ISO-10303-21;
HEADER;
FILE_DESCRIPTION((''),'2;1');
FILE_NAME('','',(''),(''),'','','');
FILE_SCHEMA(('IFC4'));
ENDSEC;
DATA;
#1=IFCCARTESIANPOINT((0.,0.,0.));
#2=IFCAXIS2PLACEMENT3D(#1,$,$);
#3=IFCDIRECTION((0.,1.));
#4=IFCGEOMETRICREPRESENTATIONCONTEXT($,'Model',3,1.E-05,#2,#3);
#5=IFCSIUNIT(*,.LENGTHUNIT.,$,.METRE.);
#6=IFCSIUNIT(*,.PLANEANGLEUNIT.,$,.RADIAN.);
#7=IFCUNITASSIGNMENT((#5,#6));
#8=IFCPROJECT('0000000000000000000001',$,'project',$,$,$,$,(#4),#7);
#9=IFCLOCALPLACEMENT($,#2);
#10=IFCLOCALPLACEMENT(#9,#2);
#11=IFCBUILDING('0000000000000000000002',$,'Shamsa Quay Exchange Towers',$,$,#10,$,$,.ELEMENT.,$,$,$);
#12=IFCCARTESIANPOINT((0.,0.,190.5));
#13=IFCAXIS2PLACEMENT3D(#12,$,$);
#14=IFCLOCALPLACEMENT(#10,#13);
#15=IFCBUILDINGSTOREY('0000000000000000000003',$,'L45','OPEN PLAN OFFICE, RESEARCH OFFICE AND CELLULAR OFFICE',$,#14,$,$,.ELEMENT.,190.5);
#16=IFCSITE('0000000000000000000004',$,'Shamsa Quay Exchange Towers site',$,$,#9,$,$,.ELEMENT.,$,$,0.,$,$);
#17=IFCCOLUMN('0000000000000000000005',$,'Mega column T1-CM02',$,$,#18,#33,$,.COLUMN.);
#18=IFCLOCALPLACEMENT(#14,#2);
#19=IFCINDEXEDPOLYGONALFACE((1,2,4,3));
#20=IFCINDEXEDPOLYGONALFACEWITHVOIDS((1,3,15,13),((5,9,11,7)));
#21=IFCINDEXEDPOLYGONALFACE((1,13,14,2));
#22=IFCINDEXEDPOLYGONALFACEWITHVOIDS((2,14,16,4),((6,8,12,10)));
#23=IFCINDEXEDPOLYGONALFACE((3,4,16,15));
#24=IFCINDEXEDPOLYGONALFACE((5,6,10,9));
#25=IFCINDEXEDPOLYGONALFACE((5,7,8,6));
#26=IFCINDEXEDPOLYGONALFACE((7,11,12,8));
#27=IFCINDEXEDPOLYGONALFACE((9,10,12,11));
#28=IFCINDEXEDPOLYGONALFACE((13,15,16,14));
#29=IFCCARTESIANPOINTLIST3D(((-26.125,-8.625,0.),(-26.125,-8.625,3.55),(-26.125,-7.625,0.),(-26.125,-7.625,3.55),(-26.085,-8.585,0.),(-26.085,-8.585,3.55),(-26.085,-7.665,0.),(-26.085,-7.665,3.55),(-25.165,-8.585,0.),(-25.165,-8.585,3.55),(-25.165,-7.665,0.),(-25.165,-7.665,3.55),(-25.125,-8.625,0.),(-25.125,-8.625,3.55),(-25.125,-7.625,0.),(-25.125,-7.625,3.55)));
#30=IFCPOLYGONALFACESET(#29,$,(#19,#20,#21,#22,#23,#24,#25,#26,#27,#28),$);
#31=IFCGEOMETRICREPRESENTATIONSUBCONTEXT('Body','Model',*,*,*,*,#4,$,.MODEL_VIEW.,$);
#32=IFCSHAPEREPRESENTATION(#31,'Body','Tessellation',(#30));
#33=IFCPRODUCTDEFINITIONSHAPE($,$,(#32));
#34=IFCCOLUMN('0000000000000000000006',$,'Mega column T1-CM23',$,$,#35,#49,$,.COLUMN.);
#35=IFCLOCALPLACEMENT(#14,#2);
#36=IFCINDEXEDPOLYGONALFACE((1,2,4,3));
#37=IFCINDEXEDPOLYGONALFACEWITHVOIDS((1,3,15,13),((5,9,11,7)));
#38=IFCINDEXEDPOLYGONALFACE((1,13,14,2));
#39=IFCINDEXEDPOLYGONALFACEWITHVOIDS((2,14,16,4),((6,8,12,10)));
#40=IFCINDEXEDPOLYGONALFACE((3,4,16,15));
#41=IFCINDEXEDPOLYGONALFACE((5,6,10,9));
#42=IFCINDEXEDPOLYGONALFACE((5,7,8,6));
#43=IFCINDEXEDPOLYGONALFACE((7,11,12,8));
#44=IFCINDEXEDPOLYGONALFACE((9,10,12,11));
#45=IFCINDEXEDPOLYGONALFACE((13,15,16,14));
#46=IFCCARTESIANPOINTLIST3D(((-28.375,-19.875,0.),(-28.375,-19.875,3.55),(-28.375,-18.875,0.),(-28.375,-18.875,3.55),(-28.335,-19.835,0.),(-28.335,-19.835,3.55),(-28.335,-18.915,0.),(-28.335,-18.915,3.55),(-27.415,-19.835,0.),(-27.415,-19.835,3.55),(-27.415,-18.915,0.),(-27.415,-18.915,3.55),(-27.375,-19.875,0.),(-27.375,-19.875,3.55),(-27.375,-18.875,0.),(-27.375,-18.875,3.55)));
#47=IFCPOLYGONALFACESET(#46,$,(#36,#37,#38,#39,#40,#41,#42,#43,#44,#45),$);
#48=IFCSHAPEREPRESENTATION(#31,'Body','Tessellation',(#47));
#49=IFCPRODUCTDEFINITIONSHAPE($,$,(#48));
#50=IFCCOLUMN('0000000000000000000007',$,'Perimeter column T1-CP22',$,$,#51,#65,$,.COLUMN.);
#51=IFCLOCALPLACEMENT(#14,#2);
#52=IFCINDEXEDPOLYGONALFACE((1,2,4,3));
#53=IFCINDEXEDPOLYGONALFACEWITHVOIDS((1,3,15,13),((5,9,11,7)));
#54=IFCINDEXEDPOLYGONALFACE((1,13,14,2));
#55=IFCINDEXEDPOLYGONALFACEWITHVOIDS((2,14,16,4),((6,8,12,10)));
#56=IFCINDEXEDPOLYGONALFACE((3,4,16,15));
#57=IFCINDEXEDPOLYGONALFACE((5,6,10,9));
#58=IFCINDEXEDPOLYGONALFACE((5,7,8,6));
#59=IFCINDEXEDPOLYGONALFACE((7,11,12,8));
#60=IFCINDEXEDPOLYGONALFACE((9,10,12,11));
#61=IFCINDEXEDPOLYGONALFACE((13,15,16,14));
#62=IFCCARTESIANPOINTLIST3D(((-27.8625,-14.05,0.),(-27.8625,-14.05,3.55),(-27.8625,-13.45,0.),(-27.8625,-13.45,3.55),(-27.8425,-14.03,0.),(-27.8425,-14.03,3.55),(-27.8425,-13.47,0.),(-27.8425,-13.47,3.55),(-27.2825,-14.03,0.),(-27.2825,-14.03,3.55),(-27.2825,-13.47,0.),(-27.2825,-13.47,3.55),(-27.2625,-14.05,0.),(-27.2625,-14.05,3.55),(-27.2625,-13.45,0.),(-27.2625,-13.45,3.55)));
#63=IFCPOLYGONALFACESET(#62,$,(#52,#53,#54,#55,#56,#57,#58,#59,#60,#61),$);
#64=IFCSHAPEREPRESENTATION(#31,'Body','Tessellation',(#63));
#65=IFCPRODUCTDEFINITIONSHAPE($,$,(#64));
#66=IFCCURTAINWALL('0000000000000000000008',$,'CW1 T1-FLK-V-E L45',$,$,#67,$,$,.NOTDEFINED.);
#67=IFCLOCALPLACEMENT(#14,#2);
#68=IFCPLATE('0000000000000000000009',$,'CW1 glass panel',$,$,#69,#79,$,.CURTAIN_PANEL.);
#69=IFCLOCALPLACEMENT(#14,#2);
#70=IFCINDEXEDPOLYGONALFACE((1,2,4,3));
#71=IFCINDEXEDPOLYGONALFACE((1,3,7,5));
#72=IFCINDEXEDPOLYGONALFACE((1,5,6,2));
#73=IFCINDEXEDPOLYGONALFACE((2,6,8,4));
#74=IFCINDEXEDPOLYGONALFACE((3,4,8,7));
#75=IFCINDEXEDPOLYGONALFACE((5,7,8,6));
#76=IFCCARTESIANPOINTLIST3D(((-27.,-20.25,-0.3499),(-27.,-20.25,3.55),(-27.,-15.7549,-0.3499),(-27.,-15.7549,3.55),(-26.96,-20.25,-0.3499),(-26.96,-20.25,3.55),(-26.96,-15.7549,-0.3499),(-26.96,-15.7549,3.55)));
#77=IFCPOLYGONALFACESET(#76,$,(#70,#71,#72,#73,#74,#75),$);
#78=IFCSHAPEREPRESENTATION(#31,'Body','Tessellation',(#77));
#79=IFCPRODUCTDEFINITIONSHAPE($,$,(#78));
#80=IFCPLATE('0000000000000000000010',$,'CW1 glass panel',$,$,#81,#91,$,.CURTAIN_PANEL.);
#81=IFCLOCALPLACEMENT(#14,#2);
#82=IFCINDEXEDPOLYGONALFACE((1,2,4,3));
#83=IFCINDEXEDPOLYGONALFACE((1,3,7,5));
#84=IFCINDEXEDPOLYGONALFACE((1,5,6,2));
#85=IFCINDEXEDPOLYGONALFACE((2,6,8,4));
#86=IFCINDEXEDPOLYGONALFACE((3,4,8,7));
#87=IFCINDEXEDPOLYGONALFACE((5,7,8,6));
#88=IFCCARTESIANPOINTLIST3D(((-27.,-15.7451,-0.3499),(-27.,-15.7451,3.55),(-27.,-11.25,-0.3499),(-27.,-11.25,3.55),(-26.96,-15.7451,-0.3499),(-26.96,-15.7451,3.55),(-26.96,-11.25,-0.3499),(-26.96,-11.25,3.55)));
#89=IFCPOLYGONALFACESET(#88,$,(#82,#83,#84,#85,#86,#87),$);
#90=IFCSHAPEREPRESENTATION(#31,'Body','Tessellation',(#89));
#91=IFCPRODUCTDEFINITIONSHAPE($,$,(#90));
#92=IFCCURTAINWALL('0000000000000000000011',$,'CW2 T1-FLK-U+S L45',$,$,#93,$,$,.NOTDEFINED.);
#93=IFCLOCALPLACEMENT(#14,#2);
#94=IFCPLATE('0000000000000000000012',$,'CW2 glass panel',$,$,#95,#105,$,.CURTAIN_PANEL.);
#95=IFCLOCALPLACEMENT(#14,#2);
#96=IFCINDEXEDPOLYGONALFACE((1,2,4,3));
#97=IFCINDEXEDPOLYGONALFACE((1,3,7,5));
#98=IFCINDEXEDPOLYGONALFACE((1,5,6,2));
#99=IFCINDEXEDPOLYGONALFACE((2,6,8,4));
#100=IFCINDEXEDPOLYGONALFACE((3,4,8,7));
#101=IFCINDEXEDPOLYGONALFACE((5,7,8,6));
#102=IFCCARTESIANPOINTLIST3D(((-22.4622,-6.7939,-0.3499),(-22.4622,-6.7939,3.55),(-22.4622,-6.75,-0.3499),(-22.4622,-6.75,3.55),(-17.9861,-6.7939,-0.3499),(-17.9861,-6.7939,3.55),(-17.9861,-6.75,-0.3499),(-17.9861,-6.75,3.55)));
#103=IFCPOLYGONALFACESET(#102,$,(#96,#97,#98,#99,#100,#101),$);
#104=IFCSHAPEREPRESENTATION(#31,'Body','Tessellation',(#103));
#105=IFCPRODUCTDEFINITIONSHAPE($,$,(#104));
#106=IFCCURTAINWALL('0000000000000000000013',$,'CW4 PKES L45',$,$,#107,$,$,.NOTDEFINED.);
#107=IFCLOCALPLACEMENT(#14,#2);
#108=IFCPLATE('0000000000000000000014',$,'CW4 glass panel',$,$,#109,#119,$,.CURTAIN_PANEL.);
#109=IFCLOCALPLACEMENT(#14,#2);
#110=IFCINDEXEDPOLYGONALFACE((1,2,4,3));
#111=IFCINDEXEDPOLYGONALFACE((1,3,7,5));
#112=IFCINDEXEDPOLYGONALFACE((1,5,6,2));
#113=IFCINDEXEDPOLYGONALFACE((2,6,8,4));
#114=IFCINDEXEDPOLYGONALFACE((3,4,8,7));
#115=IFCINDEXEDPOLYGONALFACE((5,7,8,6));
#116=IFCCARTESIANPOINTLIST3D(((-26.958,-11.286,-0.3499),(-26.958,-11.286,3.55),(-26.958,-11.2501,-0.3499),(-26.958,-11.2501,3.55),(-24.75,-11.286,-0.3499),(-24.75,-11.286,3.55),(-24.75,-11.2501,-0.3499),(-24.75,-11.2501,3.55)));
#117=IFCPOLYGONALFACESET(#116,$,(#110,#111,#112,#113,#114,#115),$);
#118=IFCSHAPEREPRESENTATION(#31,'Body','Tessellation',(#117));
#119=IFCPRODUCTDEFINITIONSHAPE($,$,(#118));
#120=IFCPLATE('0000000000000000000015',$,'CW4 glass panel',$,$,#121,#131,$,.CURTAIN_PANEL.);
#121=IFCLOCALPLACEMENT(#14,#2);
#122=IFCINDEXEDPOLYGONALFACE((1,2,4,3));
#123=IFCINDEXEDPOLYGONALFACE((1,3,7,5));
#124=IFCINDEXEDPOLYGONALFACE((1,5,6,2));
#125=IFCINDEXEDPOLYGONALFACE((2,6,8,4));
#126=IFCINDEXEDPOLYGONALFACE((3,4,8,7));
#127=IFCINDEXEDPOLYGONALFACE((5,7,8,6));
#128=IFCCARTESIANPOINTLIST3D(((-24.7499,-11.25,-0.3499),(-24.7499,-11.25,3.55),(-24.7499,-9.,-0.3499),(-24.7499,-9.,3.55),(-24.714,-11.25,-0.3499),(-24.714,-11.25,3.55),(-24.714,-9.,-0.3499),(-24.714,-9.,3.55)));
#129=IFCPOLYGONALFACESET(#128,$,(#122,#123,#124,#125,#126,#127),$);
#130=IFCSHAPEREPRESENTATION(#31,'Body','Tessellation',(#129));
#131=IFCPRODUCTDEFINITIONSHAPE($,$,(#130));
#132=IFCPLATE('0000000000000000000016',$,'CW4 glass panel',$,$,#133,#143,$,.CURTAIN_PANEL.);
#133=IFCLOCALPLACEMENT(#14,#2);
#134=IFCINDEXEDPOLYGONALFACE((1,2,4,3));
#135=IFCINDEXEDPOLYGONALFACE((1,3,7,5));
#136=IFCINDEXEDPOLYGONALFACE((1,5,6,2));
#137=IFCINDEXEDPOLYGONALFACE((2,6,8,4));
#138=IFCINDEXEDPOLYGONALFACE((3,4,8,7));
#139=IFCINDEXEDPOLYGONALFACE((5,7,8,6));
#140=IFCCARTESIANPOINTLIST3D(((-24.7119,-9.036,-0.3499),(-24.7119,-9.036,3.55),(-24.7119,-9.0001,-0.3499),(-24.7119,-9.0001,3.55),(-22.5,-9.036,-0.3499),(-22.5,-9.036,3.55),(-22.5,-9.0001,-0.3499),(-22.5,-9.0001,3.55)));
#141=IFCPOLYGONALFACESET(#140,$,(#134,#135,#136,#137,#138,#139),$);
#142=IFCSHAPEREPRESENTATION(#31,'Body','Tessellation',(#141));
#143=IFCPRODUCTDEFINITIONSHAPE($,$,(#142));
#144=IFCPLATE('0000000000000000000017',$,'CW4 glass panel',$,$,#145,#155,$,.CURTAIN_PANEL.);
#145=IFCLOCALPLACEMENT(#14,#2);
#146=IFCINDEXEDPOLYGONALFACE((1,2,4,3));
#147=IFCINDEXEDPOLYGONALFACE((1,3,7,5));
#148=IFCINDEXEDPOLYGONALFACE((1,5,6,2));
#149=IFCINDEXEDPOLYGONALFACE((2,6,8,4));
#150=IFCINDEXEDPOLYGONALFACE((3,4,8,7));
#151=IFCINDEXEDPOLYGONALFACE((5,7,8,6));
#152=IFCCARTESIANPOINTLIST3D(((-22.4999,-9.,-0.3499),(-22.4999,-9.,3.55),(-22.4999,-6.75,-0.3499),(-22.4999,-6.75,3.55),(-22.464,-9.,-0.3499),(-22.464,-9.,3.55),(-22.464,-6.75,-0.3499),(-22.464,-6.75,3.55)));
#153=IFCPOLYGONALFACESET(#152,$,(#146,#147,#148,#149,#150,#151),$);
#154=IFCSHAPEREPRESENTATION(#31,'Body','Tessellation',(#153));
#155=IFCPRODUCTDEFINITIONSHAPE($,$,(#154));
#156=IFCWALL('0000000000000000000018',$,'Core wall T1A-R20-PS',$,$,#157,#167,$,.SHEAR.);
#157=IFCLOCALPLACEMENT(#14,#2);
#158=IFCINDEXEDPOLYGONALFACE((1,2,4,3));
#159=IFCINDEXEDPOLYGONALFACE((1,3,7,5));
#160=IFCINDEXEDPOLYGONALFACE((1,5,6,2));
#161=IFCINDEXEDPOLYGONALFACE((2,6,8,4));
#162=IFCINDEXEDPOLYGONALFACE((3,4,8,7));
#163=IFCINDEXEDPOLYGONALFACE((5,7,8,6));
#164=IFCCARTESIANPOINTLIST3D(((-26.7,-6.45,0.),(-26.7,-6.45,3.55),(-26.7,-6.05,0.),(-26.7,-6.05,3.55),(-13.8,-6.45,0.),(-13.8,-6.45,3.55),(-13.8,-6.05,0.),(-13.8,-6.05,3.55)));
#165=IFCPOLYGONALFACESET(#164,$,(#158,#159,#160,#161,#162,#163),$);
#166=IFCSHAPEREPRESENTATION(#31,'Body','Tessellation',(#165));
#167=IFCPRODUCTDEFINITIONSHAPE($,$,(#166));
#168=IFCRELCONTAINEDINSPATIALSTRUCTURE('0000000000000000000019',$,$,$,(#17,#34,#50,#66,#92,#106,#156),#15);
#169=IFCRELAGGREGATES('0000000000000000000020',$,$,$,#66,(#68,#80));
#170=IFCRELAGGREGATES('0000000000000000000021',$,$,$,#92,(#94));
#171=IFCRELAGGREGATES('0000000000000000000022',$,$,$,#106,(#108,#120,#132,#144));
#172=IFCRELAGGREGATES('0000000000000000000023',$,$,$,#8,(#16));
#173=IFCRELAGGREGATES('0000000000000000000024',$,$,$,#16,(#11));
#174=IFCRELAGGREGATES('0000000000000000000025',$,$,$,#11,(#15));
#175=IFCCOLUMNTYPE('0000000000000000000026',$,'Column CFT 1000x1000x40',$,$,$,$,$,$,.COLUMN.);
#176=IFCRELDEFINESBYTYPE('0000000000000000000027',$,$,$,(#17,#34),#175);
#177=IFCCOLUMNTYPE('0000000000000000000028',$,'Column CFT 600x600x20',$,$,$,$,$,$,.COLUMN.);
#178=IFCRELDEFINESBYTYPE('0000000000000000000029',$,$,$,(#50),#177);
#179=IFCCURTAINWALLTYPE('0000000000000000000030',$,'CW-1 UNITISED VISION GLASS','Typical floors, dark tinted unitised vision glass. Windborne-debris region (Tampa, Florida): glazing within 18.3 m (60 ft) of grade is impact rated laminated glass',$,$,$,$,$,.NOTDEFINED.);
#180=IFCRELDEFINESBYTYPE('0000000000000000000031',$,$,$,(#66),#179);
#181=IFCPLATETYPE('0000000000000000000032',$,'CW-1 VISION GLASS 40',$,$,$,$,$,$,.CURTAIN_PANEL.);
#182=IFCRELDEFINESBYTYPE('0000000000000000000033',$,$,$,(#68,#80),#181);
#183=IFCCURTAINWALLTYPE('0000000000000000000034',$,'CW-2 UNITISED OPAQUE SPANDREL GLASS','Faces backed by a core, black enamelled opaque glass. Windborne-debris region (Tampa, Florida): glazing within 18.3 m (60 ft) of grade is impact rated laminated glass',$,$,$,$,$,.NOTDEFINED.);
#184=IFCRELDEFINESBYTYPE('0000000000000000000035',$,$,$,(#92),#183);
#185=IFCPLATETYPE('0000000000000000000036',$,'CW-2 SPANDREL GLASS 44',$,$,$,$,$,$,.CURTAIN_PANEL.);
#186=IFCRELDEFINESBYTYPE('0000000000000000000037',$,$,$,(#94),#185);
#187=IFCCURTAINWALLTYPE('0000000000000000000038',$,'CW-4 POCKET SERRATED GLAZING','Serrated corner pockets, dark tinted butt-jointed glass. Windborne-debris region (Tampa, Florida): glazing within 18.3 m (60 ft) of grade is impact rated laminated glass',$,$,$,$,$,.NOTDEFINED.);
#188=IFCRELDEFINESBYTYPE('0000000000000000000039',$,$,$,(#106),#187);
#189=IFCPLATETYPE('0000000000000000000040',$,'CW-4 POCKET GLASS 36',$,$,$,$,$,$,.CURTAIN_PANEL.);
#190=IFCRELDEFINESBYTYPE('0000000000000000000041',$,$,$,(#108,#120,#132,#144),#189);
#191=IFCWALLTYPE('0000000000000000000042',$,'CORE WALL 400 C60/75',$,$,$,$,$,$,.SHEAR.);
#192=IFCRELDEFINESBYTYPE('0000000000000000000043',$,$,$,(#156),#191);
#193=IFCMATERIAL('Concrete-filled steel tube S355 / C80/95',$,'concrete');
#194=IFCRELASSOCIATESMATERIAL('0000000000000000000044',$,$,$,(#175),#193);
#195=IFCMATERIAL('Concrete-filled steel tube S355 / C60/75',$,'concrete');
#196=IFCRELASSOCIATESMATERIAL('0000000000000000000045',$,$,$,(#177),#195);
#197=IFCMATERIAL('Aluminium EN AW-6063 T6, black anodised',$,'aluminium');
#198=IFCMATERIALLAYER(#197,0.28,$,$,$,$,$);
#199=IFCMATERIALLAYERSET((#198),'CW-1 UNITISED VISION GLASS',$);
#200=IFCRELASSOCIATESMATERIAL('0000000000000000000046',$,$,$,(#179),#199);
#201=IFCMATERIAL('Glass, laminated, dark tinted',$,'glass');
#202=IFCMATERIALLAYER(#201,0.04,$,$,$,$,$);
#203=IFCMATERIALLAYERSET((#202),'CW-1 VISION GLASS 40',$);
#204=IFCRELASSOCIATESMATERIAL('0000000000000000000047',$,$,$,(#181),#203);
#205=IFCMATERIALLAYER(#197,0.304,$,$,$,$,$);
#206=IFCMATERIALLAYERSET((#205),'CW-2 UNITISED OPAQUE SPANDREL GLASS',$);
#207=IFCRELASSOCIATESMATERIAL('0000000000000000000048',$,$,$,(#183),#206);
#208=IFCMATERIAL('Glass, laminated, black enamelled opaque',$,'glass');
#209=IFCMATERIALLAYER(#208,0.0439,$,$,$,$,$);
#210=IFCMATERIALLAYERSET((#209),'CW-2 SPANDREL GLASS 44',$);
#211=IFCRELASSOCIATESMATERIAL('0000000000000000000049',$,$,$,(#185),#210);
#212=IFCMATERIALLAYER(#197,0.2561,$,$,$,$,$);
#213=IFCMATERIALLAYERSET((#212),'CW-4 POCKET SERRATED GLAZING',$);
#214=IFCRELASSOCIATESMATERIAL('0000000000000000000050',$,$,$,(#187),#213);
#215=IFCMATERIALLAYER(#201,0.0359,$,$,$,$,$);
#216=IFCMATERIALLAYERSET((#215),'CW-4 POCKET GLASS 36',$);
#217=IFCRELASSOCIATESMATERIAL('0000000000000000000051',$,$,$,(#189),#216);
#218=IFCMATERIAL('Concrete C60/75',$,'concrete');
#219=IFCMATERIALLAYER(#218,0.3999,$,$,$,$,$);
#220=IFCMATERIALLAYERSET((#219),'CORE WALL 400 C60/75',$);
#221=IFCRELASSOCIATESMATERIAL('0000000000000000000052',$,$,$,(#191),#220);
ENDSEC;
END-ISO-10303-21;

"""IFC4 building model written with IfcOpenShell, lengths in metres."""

from ifc_helpers import new_model, si_unit, direction, frame, frame_2d, origin, origin_2d, place, context, subcontext, project, spatial, rectangle, hollow_rectangle, extrude, material, layer, layer_set, material_profile, profile_set, type_object, element, aggregate, save


model = new_model("IFC4")

# Units and contexts
model_context = context("Model", 3, precision=1e-05, world=origin(), true_north=direction((0.0, 1.0)))
body_context = subcontext(model_context, "Body", "Model", "MODEL_VIEW")
ifc_project = project(units=[si_unit("LENGTHUNIT", "METRE"), si_unit("PLANEANGLEUNIT", "RADIAN")], contexts=[model_context])

# Site, building, storey
site_placement = place(None, origin())
site = spatial("IfcSite", under=ifc_project, at=site_placement, Name="Shamsa Quay Exchange Towers site", CompositionType="ELEMENT", RefElevation=0.0)
building_placement = place(site_placement, origin())
building = spatial("IfcBuilding", under=site, at=building_placement, Name="Shamsa Quay Exchange Towers", CompositionType="ELEMENT")
storey_placement = place(building_placement, frame((0.0, 0.0, 190.5)))
storey = spatial("IfcBuildingStorey", under=building, at=storey_placement, Name="L45", Description="OPEN PLAN OFFICE, RESEARCH OFFICE AND CELLULAR OFFICE", CompositionType="ELEMENT", Elevation=190.5)

# Columns
ifc_material_1 = material(Name="Concrete-filled steel tube S355 / C80/95", Category="concrete")
ifc_material_profile_1 = material_profile(ifc_material_1, hollow_rectangle(XDim=1.0, YDim=1.0, WallThickness=0.04, at=origin_2d()), Name="CFT 1000x1000x40")
ifc_profile_set_1 = profile_set([ifc_material_profile_1], Name="Concrete-filled steel tube S355 / C80/95")
column_type_1 = type_object("IfcColumnType", Name="Column CFT 1000x1000x40", PredefinedType="COLUMN", material=ifc_profile_set_1)
for number, where, name in (
    (1, (-25.625, -8.125, 0.0), "Mega column T1-CM02"),
    (2, (-27.875, -19.375, 0.0), "Mega column T1-CM23"),
):
    element("IfcColumn", number, at=place(storey_placement, frame(where)), inside=storey, type_object=column_type_1, Name=name, PredefinedType="COLUMN", context=body_context, shape_type="SweptSolid", body=[
        extrude(hollow_rectangle(XDim=1.0, YDim=1.0, WallThickness=0.04, at=origin_2d()), origin(), (0.0, 0.0, 1.0), 3.55),
    ])
ifc_material_2 = material(Name="Concrete-filled steel tube S355 / C60/75", Category="concrete")
ifc_material_profile_2 = material_profile(ifc_material_2, hollow_rectangle(XDim=0.6001, YDim=0.6001, WallThickness=0.02, at=origin_2d()), Name="CFT 600x600x20")
ifc_profile_set_2 = profile_set([ifc_material_profile_2], Name="Concrete-filled steel tube S355 / C60/75")
column_type_2 = type_object("IfcColumnType", Name="Column CFT 600x600x20", PredefinedType="COLUMN", material=ifc_profile_set_2)
column_placement = place(storey_placement, frame((-27.5625, -13.75, 0.0)))
element("IfcColumn", 3, at=column_placement, inside=storey, type_object=column_type_2, Name="Perimeter column T1-CP22", PredefinedType="COLUMN", context=body_context, shape_type="SweptSolid", body=[
    extrude(hollow_rectangle(XDim=0.6001, YDim=0.6001, WallThickness=0.02, at=origin_2d()), origin(), (0.0, 0.0, 1.0), 3.55),
])

# Curtain wall, plates
ifc_material_3 = material(Name="Aluminium EN AW-6063 T6, black anodised", Category="aluminium")
ifc_layer_1 = layer(ifc_material_3, 0.28)
ifc_layer_set_1 = layer_set([ifc_layer_1], Name="CW-1 UNITISED VISION GLASS")
curtain_wall_type_1 = type_object("IfcCurtainWallType", Name="CW-1 UNITISED VISION GLASS", Description="Typical floors, dark tinted unitised vision glass. Windborne-debris region (Tampa, Florida): glazing within 18.3 m (60 ft) of grade is impact rated laminated glass", PredefinedType="NOTDEFINED", material=ifc_layer_set_1)
curtain_wall_1_placement = place(storey_placement, origin())
curtain_wall_1 = element("IfcCurtainWall", 4, at=curtain_wall_1_placement, inside=storey, type_object=curtain_wall_type_1, Name="CW1 T1-FLK-V-E L45", PredefinedType="NOTDEFINED")
ifc_material_4 = material(Name="Glass, laminated, dark tinted", Category="glass")
ifc_layer_2 = layer(ifc_material_4, 0.04)
ifc_layer_set_2 = layer_set([ifc_layer_2], Name="CW-1 VISION GLASS 40")
plate_type_1 = type_object("IfcPlateType", Name="CW-1 VISION GLASS 40", PredefinedType="CURTAIN_PANEL", material=ifc_layer_set_2)
plate_1_placement = place(storey_placement, frame((-26.98, -18.0024, -0.3499), z_axis=(0.0, 0.0, 1.0), x_axis=(0.0, 1.0, 0.0)))
plate_1 = element("IfcPlate", 5, at=plate_1_placement, type_object=plate_type_1, Name="CW1 glass panel", PredefinedType="CURTAIN_PANEL", context=body_context, shape_type="SweptSolid", body=[
    extrude(rectangle(XDim=4.4951, YDim=0.04, at=origin_2d()), origin(), (0.0, 0.0, 1.0), 3.8999),
])
plate_2_placement = place(storey_placement, frame((-26.98, -13.4976, -0.3499), z_axis=(0.0, 0.0, 1.0), x_axis=(0.0, 1.0, 0.0)))
plate_2 = element("IfcPlate", 6, at=plate_2_placement, type_object=plate_type_1, Name="CW1 glass panel", PredefinedType="CURTAIN_PANEL", context=body_context, shape_type="SweptSolid", body=[
    extrude(rectangle(XDim=4.4951, YDim=0.04, at=origin_2d()), origin(), (0.0, 0.0, 1.0), 3.8999),
])
aggregate(curtain_wall_1, [plate_1, plate_2])

# Curtain wall, plate
ifc_layer_3 = layer(ifc_material_3, 0.304)
ifc_layer_set_3 = layer_set([ifc_layer_3], Name="CW-2 UNITISED OPAQUE SPANDREL GLASS")
curtain_wall_type_2 = type_object("IfcCurtainWallType", Name="CW-2 UNITISED OPAQUE SPANDREL GLASS", Description="Faces backed by a core, black enamelled opaque glass. Windborne-debris region (Tampa, Florida): glazing within 18.3 m (60 ft) of grade is impact rated laminated glass", PredefinedType="NOTDEFINED", material=ifc_layer_set_3)
curtain_wall_2_placement = place(storey_placement, origin())
curtain_wall_2 = element("IfcCurtainWall", 7, at=curtain_wall_2_placement, inside=storey, type_object=curtain_wall_type_2, Name="CW2 T1-FLK-U+S L45", PredefinedType="NOTDEFINED")
ifc_material_5 = material(Name="Glass, laminated, black enamelled opaque", Category="glass")
ifc_layer_4 = layer(ifc_material_5, 0.0439)
ifc_layer_set_4 = layer_set([ifc_layer_4], Name="CW-2 SPANDREL GLASS 44")
plate_type_2 = type_object("IfcPlateType", Name="CW-2 SPANDREL GLASS 44", PredefinedType="CURTAIN_PANEL", material=ifc_layer_set_4)
plate_3_placement = place(storey_placement, frame((-20.2241, -6.772, -0.3499)))
plate_3 = element("IfcPlate", 8, at=plate_3_placement, type_object=plate_type_2, Name="CW2 glass panel", PredefinedType="CURTAIN_PANEL", context=body_context, shape_type="SweptSolid", body=[
    extrude(rectangle(XDim=4.4761, YDim=0.0439, at=origin_2d()), origin(), (0.0, 0.0, 1.0), 3.8999),
])
aggregate(curtain_wall_2, [plate_3])

# Curtain wall, plates
ifc_layer_5 = layer(ifc_material_3, 0.2561)
ifc_layer_set_5 = layer_set([ifc_layer_5], Name="CW-4 POCKET SERRATED GLAZING")
curtain_wall_type_3 = type_object("IfcCurtainWallType", Name="CW-4 POCKET SERRATED GLAZING", Description="Serrated corner pockets, dark tinted butt-jointed glass. Windborne-debris region (Tampa, Florida): glazing within 18.3 m (60 ft) of grade is impact rated laminated glass", PredefinedType="NOTDEFINED", material=ifc_layer_set_5)
curtain_wall_3_placement = place(storey_placement, origin())
curtain_wall_3 = element("IfcCurtainWall", 9, at=curtain_wall_3_placement, inside=storey, type_object=curtain_wall_type_3, Name="CW4 PKES L45", PredefinedType="NOTDEFINED")
ifc_layer_6 = layer(ifc_material_4, 0.0359)
ifc_layer_set_6 = layer_set([ifc_layer_6], Name="CW-4 POCKET GLASS 36")
plate_type_3 = type_object("IfcPlateType", Name="CW-4 POCKET GLASS 36", PredefinedType="CURTAIN_PANEL", material=ifc_layer_set_6)
plate_4_placement = place(storey_placement, frame((-25.854, -11.2681, -0.3499)))
plate_4 = element("IfcPlate", 10, at=plate_4_placement, type_object=plate_type_3, Name="CW4 glass panel", PredefinedType="CURTAIN_PANEL", context=body_context, shape_type="SweptSolid", body=[
    extrude(rectangle(XDim=2.208, YDim=0.0359, at=origin_2d()), origin(), (0.0, 0.0, 1.0), 3.8999),
])
plate_5_placement = place(storey_placement, frame((-24.7319, -10.125, -0.3499), z_axis=(0.0, 0.0, 1.0), x_axis=(0.0, 1.0, 0.0)))
plate_5 = element("IfcPlate", 11, at=plate_5_placement, type_object=plate_type_3, Name="CW4 glass panel", PredefinedType="CURTAIN_PANEL", context=body_context, shape_type="SweptSolid", body=[
    extrude(rectangle(XDim=2.25, YDim=0.0359, at=origin_2d()), origin(), (0.0, 0.0, 1.0), 3.8999),
])
plate_6_placement = place(storey_placement, frame((-23.606, -9.0181, -0.3499)))
plate_6 = element("IfcPlate", 12, at=plate_6_placement, type_object=plate_type_3, Name="CW4 glass panel", PredefinedType="CURTAIN_PANEL", context=body_context, shape_type="SweptSolid", body=[
    extrude(rectangle(XDim=2.2119, YDim=0.0359, at=origin_2d()), origin(), (0.0, 0.0, 1.0), 3.8999),
])
plate_7_placement = place(storey_placement, frame((-22.4819, -7.875, -0.3499), z_axis=(0.0, 0.0, 1.0), x_axis=(0.0, 1.0, 0.0)))
plate_7 = element("IfcPlate", 13, at=plate_7_placement, type_object=plate_type_3, Name="CW4 glass panel", PredefinedType="CURTAIN_PANEL", context=body_context, shape_type="SweptSolid", body=[
    extrude(rectangle(XDim=2.25, YDim=0.0359, at=origin_2d()), origin(), (0.0, 0.0, 1.0), 3.8999),
])
aggregate(curtain_wall_3, [plate_4, plate_5, plate_6, plate_7])

# Wall
ifc_material_6 = material(Name="Concrete C60/75", Category="concrete")
ifc_layer_7 = layer(ifc_material_6, 0.3999)
ifc_layer_set_7 = layer_set([ifc_layer_7], Name="CORE WALL 400 C60/75")
wall_type_1 = type_object("IfcWallType", Name="CORE WALL 400 C60/75", PredefinedType="SHEAR", material=ifc_layer_set_7)
wall_1_placement = place(storey_placement, frame((-26.7, -6.25, 0.0)))
element("IfcWall", 14, at=wall_1_placement, inside=storey, type_object=wall_type_1, Name="Core wall T1A-R20-PS", PredefinedType="SHEAR", context=body_context, shape_type="SweptSolid", body=[
    extrude(rectangle(XDim=12.8999, YDim=0.3999, at=frame_2d((6.45, 0.0))), origin(), (0.0, 0.0, 1.0), 3.55),
])

save(model, "model.ifc")
